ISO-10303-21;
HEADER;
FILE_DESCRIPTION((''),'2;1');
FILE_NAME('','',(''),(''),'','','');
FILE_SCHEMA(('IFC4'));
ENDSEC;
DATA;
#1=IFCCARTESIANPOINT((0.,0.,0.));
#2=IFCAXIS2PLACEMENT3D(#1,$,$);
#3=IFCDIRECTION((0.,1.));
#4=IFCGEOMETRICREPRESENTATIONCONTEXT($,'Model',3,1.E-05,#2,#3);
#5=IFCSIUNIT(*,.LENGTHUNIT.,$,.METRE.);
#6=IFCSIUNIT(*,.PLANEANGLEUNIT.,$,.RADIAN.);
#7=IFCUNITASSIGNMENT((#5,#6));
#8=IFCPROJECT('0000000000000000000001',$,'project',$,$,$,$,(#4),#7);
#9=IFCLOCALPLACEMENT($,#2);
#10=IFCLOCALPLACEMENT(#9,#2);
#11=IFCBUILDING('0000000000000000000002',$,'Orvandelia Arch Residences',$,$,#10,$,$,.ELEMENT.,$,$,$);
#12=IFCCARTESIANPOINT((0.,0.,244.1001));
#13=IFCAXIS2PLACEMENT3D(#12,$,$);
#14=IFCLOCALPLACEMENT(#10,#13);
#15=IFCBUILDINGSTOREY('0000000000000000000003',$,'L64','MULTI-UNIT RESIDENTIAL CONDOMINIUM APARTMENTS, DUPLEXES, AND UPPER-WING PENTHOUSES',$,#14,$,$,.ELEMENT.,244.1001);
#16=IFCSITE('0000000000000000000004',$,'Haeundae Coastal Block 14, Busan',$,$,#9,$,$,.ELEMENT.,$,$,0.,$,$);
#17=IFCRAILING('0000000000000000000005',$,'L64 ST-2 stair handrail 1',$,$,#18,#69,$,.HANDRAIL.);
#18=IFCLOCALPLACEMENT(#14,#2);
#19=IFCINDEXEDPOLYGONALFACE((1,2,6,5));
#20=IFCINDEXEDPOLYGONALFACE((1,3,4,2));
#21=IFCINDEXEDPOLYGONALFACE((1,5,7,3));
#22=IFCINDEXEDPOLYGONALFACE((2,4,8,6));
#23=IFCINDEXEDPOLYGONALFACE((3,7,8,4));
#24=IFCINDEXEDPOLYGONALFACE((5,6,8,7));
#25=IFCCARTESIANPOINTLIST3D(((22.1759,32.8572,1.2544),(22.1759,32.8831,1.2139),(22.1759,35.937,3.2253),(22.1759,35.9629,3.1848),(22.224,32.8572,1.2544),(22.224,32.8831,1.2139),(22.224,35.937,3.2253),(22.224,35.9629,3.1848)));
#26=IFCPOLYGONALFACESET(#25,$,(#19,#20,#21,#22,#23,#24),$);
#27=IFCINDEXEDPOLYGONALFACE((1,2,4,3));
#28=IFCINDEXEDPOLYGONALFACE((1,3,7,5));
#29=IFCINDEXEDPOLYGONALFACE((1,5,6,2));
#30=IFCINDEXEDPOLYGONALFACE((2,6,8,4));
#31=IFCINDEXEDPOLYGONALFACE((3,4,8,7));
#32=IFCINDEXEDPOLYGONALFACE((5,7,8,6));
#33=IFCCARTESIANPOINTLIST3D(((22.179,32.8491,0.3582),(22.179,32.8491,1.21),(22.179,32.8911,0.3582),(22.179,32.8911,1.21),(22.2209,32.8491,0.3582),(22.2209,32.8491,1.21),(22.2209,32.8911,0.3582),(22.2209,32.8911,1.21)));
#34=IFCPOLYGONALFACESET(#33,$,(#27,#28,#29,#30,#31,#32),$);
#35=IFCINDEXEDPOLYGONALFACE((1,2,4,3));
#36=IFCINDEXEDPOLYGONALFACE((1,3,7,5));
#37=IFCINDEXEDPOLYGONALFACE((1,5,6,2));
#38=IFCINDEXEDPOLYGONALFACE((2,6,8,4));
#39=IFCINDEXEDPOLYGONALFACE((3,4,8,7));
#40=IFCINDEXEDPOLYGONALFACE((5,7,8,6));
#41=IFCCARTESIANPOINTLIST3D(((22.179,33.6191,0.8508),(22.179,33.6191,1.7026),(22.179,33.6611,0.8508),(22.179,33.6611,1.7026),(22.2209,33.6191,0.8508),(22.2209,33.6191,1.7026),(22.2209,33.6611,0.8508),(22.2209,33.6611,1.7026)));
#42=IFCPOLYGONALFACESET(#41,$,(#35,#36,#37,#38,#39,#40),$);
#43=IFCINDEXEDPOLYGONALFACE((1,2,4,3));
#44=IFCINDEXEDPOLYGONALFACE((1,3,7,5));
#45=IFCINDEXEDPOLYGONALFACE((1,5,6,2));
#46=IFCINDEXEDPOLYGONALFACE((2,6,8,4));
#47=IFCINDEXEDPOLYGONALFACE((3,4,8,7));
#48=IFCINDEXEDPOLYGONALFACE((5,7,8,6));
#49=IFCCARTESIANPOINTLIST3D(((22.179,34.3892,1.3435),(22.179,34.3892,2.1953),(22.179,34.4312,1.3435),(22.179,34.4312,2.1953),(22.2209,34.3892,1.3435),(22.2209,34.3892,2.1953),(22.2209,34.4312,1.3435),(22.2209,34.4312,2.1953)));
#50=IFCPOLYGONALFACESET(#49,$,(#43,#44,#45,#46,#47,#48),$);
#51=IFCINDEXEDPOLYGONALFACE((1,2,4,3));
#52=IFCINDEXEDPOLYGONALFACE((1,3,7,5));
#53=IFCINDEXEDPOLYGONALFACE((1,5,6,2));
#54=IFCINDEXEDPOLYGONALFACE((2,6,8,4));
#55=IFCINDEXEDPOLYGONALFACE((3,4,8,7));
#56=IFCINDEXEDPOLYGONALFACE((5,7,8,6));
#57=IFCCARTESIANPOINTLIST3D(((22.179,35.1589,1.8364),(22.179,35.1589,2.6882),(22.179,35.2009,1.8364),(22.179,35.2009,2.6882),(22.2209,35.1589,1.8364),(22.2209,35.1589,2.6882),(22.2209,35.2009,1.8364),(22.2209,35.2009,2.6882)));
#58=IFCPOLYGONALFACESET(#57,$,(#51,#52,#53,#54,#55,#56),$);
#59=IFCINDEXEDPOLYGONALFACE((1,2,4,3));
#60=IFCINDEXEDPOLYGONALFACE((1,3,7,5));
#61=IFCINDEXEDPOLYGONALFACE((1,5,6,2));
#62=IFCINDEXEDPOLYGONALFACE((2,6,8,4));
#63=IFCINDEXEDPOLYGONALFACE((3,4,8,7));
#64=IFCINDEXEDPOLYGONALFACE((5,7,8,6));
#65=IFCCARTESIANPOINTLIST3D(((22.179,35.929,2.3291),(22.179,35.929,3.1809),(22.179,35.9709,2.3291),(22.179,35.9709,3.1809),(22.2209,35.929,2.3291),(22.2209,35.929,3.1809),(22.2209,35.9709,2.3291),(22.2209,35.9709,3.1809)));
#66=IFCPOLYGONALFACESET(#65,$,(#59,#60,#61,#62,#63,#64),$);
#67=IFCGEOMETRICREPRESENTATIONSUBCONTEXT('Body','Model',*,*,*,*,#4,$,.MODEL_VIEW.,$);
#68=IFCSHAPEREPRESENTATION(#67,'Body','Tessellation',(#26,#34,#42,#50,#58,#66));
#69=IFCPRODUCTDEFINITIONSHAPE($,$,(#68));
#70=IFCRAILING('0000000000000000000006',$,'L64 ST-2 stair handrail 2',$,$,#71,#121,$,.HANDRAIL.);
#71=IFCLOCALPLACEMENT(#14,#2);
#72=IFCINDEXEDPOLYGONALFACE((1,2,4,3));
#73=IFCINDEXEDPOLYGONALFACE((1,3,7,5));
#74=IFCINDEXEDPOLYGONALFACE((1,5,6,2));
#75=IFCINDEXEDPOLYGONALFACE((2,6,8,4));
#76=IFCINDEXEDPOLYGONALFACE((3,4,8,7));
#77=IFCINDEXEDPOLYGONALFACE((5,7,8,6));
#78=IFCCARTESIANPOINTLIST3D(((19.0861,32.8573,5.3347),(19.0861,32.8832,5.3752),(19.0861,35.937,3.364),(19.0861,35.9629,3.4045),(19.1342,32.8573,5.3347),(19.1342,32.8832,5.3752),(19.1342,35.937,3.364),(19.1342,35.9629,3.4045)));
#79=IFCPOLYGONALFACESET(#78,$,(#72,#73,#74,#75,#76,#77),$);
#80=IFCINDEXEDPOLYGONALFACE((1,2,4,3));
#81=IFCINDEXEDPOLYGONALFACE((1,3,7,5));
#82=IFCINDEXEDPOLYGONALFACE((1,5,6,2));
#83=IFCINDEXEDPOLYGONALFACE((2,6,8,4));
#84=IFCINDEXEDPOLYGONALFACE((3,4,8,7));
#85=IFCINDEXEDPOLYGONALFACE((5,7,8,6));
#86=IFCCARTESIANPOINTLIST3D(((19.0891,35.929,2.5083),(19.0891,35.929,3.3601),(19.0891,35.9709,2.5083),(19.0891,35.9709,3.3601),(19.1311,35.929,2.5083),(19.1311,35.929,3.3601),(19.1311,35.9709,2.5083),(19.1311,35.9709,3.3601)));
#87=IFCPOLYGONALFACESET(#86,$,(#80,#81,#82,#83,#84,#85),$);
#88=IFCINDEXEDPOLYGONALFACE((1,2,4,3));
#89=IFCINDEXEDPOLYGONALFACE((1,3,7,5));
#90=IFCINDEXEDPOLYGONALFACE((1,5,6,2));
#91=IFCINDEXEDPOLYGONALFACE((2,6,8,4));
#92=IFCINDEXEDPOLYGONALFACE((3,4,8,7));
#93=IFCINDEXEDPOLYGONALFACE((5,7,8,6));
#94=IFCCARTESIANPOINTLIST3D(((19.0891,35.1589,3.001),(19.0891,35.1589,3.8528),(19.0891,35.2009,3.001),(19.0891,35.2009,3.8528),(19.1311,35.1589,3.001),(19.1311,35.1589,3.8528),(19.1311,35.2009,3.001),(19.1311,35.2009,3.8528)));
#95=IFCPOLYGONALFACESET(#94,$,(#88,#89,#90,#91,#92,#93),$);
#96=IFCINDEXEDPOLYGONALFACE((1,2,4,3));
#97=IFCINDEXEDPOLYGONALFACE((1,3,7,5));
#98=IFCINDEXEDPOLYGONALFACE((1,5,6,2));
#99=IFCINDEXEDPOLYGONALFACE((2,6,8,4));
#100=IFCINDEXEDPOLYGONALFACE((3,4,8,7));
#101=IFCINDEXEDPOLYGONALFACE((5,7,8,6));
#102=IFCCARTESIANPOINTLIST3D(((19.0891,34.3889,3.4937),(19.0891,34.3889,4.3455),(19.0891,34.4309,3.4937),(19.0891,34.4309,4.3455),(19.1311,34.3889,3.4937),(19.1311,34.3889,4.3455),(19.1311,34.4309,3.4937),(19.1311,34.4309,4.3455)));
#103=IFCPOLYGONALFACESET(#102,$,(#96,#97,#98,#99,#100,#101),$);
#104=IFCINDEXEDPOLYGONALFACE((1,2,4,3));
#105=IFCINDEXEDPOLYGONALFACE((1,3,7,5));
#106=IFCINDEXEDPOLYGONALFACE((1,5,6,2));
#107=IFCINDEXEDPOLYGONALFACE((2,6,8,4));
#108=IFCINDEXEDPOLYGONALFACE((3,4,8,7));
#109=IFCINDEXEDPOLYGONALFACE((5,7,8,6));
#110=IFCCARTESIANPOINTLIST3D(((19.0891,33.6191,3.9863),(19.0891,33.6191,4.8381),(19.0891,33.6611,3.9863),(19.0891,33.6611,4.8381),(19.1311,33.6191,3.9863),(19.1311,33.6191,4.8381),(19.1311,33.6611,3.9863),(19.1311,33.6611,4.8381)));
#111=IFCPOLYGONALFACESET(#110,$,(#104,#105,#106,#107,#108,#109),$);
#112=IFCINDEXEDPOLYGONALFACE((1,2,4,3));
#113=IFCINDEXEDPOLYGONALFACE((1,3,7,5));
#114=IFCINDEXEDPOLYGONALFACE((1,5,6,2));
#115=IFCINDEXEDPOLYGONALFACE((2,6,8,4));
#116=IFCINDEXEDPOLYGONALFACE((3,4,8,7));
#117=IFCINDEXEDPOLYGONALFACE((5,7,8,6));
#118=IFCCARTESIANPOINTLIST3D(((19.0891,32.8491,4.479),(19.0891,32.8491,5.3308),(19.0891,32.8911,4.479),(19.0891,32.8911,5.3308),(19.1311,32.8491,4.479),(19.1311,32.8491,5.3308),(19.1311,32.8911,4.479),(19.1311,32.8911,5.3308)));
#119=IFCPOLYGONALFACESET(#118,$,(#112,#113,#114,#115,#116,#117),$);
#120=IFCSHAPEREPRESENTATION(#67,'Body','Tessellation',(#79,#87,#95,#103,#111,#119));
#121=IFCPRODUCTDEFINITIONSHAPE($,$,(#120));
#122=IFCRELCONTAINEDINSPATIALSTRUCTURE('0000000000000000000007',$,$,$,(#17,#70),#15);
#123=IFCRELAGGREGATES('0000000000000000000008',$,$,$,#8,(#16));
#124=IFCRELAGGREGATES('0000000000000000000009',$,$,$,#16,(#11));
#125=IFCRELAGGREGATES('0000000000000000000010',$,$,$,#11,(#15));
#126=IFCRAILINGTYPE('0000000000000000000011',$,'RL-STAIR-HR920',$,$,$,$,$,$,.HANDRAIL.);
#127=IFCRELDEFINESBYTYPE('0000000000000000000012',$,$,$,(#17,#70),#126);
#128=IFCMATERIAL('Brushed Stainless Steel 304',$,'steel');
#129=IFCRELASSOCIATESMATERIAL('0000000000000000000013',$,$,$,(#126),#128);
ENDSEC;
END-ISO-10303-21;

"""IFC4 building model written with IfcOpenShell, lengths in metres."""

from ifc_helpers import new_model, si_unit, direction, frame, origin, origin_2d, place, context, subcontext, project, spatial, rectangle, extrude, material, type_object, element, save


model = new_model("IFC4")

# Units and contexts
model_context = context("Model", 3, precision=1e-05, world=origin(), true_north=direction((0.0, 1.0)))
body_context = subcontext(model_context, "Body", "Model", "MODEL_VIEW")
ifc_project = project(units=[si_unit("LENGTHUNIT", "METRE"), si_unit("PLANEANGLEUNIT", "RADIAN")], contexts=[model_context])

# Site, building, storey
site_placement = place(None, origin())
site = spatial("IfcSite", under=ifc_project, at=site_placement, Name="Haeundae Coastal Block 14, Busan", CompositionType="ELEMENT", RefElevation=0.0)
building_placement = place(site_placement, origin())
building = spatial("IfcBuilding", under=site, at=building_placement, Name="Orvandelia Arch Residences", CompositionType="ELEMENT")
storey_placement = place(building_placement, frame((0.0, 0.0, 244.1001)))
storey = spatial("IfcBuildingStorey", under=building, at=storey_placement, Name="L64", Description="MULTI-UNIT RESIDENTIAL CONDOMINIUM APARTMENTS, DUPLEXES, AND UPPER-WING PENTHOUSES", CompositionType="ELEMENT", Elevation=244.1001)

# Railings
ifc_material_1 = material(Name="Brushed Stainless Steel 304", Category="steel")
railing_type_1 = type_object("IfcRailingType", Name="RL-STAIR-HR920", PredefinedType="HANDRAIL", material=ifc_material_1)
railing_1_placement = place(storey_placement, frame((22.2, 32.8701, 0.3582)))
element("IfcRailing", 1, at=railing_1_placement, inside=storey, type_object=railing_type_1, Name="L64 ST-2 stair handrail 1", PredefinedType="HANDRAIL", context=body_context, shape_type="SweptSolid", body=[
    extrude(rectangle(XDim=0.0481, YDim=0.0481, at=origin_2d()), frame((0.0, 0.0, 0.876), z_axis=(0.0, 0.84229, 0.539025), x_axis=(-1.0, 0.0, 0.0)), (0.0, 0.0, 1.0), 3.6565),
    extrude(rectangle(XDim=0.042, YDim=0.042, at=origin_2d()), origin(), (0.0, 0.0, 1.0), 0.8518),
    extrude(rectangle(XDim=0.042, YDim=0.042, at=origin_2d()), frame((0.0, 0.77, 0.4927)), (0.0, 0.0, 1.0), 0.8518),
    extrude(rectangle(XDim=0.042, YDim=0.042, at=origin_2d()), frame((0.0, 1.54, 0.9854)), (0.0, 0.0, 1.0), 0.8518),
    extrude(rectangle(XDim=0.042, YDim=0.042, at=origin_2d()), frame((0.0, 2.3098, 1.4783)), (0.0, 0.0, 1.0), 0.8518),
    extrude(rectangle(XDim=0.042, YDim=0.042, at=origin_2d()), frame((0.0, 3.0798, 1.9709)), (0.0, 0.0, 1.0), 0.8518),
])
railing_2_placement = place(storey_placement, frame((19.1101, 35.95, 2.5083)))
element("IfcRailing", 2, at=railing_2_placement, inside=storey, type_object=railing_type_1, Name="L64 ST-2 stair handrail 2", PredefinedType="HANDRAIL", context=body_context, shape_type="SweptSolid", body=[
    extrude(rectangle(XDim=0.0481, YDim=0.0481, at=origin_2d()), frame((0.0, 0.0, 0.876), z_axis=(0.0, -0.84232, 0.538978), x_axis=(1.0, 0.0, 0.0)), (0.0, 0.0, 1.0), 3.6562),
    extrude(rectangle(XDim=0.042, YDim=0.042, at=origin_2d()), origin(), (0.0, 0.0, 1.0), 0.8518),
    extrude(rectangle(XDim=0.042, YDim=0.042, at=origin_2d()), frame((0.0, -0.77, 0.4927)), (0.0, 0.0, 1.0), 0.8518),
    extrude(rectangle(XDim=0.042, YDim=0.042, at=origin_2d()), frame((0.0, -1.54, 0.9854)), (0.0, 0.0, 1.0), 0.8518),
    extrude(rectangle(XDim=0.042, YDim=0.042, at=origin_2d()), frame((0.0, -2.3098, 1.478)), (0.0, 0.0, 1.0), 0.8518),
    extrude(rectangle(XDim=0.042, YDim=0.042, at=origin_2d()), frame((0.0, -3.0798, 1.9707)), (0.0, 0.0, 1.0), 0.8518),
])

save(model, "model.ifc")
